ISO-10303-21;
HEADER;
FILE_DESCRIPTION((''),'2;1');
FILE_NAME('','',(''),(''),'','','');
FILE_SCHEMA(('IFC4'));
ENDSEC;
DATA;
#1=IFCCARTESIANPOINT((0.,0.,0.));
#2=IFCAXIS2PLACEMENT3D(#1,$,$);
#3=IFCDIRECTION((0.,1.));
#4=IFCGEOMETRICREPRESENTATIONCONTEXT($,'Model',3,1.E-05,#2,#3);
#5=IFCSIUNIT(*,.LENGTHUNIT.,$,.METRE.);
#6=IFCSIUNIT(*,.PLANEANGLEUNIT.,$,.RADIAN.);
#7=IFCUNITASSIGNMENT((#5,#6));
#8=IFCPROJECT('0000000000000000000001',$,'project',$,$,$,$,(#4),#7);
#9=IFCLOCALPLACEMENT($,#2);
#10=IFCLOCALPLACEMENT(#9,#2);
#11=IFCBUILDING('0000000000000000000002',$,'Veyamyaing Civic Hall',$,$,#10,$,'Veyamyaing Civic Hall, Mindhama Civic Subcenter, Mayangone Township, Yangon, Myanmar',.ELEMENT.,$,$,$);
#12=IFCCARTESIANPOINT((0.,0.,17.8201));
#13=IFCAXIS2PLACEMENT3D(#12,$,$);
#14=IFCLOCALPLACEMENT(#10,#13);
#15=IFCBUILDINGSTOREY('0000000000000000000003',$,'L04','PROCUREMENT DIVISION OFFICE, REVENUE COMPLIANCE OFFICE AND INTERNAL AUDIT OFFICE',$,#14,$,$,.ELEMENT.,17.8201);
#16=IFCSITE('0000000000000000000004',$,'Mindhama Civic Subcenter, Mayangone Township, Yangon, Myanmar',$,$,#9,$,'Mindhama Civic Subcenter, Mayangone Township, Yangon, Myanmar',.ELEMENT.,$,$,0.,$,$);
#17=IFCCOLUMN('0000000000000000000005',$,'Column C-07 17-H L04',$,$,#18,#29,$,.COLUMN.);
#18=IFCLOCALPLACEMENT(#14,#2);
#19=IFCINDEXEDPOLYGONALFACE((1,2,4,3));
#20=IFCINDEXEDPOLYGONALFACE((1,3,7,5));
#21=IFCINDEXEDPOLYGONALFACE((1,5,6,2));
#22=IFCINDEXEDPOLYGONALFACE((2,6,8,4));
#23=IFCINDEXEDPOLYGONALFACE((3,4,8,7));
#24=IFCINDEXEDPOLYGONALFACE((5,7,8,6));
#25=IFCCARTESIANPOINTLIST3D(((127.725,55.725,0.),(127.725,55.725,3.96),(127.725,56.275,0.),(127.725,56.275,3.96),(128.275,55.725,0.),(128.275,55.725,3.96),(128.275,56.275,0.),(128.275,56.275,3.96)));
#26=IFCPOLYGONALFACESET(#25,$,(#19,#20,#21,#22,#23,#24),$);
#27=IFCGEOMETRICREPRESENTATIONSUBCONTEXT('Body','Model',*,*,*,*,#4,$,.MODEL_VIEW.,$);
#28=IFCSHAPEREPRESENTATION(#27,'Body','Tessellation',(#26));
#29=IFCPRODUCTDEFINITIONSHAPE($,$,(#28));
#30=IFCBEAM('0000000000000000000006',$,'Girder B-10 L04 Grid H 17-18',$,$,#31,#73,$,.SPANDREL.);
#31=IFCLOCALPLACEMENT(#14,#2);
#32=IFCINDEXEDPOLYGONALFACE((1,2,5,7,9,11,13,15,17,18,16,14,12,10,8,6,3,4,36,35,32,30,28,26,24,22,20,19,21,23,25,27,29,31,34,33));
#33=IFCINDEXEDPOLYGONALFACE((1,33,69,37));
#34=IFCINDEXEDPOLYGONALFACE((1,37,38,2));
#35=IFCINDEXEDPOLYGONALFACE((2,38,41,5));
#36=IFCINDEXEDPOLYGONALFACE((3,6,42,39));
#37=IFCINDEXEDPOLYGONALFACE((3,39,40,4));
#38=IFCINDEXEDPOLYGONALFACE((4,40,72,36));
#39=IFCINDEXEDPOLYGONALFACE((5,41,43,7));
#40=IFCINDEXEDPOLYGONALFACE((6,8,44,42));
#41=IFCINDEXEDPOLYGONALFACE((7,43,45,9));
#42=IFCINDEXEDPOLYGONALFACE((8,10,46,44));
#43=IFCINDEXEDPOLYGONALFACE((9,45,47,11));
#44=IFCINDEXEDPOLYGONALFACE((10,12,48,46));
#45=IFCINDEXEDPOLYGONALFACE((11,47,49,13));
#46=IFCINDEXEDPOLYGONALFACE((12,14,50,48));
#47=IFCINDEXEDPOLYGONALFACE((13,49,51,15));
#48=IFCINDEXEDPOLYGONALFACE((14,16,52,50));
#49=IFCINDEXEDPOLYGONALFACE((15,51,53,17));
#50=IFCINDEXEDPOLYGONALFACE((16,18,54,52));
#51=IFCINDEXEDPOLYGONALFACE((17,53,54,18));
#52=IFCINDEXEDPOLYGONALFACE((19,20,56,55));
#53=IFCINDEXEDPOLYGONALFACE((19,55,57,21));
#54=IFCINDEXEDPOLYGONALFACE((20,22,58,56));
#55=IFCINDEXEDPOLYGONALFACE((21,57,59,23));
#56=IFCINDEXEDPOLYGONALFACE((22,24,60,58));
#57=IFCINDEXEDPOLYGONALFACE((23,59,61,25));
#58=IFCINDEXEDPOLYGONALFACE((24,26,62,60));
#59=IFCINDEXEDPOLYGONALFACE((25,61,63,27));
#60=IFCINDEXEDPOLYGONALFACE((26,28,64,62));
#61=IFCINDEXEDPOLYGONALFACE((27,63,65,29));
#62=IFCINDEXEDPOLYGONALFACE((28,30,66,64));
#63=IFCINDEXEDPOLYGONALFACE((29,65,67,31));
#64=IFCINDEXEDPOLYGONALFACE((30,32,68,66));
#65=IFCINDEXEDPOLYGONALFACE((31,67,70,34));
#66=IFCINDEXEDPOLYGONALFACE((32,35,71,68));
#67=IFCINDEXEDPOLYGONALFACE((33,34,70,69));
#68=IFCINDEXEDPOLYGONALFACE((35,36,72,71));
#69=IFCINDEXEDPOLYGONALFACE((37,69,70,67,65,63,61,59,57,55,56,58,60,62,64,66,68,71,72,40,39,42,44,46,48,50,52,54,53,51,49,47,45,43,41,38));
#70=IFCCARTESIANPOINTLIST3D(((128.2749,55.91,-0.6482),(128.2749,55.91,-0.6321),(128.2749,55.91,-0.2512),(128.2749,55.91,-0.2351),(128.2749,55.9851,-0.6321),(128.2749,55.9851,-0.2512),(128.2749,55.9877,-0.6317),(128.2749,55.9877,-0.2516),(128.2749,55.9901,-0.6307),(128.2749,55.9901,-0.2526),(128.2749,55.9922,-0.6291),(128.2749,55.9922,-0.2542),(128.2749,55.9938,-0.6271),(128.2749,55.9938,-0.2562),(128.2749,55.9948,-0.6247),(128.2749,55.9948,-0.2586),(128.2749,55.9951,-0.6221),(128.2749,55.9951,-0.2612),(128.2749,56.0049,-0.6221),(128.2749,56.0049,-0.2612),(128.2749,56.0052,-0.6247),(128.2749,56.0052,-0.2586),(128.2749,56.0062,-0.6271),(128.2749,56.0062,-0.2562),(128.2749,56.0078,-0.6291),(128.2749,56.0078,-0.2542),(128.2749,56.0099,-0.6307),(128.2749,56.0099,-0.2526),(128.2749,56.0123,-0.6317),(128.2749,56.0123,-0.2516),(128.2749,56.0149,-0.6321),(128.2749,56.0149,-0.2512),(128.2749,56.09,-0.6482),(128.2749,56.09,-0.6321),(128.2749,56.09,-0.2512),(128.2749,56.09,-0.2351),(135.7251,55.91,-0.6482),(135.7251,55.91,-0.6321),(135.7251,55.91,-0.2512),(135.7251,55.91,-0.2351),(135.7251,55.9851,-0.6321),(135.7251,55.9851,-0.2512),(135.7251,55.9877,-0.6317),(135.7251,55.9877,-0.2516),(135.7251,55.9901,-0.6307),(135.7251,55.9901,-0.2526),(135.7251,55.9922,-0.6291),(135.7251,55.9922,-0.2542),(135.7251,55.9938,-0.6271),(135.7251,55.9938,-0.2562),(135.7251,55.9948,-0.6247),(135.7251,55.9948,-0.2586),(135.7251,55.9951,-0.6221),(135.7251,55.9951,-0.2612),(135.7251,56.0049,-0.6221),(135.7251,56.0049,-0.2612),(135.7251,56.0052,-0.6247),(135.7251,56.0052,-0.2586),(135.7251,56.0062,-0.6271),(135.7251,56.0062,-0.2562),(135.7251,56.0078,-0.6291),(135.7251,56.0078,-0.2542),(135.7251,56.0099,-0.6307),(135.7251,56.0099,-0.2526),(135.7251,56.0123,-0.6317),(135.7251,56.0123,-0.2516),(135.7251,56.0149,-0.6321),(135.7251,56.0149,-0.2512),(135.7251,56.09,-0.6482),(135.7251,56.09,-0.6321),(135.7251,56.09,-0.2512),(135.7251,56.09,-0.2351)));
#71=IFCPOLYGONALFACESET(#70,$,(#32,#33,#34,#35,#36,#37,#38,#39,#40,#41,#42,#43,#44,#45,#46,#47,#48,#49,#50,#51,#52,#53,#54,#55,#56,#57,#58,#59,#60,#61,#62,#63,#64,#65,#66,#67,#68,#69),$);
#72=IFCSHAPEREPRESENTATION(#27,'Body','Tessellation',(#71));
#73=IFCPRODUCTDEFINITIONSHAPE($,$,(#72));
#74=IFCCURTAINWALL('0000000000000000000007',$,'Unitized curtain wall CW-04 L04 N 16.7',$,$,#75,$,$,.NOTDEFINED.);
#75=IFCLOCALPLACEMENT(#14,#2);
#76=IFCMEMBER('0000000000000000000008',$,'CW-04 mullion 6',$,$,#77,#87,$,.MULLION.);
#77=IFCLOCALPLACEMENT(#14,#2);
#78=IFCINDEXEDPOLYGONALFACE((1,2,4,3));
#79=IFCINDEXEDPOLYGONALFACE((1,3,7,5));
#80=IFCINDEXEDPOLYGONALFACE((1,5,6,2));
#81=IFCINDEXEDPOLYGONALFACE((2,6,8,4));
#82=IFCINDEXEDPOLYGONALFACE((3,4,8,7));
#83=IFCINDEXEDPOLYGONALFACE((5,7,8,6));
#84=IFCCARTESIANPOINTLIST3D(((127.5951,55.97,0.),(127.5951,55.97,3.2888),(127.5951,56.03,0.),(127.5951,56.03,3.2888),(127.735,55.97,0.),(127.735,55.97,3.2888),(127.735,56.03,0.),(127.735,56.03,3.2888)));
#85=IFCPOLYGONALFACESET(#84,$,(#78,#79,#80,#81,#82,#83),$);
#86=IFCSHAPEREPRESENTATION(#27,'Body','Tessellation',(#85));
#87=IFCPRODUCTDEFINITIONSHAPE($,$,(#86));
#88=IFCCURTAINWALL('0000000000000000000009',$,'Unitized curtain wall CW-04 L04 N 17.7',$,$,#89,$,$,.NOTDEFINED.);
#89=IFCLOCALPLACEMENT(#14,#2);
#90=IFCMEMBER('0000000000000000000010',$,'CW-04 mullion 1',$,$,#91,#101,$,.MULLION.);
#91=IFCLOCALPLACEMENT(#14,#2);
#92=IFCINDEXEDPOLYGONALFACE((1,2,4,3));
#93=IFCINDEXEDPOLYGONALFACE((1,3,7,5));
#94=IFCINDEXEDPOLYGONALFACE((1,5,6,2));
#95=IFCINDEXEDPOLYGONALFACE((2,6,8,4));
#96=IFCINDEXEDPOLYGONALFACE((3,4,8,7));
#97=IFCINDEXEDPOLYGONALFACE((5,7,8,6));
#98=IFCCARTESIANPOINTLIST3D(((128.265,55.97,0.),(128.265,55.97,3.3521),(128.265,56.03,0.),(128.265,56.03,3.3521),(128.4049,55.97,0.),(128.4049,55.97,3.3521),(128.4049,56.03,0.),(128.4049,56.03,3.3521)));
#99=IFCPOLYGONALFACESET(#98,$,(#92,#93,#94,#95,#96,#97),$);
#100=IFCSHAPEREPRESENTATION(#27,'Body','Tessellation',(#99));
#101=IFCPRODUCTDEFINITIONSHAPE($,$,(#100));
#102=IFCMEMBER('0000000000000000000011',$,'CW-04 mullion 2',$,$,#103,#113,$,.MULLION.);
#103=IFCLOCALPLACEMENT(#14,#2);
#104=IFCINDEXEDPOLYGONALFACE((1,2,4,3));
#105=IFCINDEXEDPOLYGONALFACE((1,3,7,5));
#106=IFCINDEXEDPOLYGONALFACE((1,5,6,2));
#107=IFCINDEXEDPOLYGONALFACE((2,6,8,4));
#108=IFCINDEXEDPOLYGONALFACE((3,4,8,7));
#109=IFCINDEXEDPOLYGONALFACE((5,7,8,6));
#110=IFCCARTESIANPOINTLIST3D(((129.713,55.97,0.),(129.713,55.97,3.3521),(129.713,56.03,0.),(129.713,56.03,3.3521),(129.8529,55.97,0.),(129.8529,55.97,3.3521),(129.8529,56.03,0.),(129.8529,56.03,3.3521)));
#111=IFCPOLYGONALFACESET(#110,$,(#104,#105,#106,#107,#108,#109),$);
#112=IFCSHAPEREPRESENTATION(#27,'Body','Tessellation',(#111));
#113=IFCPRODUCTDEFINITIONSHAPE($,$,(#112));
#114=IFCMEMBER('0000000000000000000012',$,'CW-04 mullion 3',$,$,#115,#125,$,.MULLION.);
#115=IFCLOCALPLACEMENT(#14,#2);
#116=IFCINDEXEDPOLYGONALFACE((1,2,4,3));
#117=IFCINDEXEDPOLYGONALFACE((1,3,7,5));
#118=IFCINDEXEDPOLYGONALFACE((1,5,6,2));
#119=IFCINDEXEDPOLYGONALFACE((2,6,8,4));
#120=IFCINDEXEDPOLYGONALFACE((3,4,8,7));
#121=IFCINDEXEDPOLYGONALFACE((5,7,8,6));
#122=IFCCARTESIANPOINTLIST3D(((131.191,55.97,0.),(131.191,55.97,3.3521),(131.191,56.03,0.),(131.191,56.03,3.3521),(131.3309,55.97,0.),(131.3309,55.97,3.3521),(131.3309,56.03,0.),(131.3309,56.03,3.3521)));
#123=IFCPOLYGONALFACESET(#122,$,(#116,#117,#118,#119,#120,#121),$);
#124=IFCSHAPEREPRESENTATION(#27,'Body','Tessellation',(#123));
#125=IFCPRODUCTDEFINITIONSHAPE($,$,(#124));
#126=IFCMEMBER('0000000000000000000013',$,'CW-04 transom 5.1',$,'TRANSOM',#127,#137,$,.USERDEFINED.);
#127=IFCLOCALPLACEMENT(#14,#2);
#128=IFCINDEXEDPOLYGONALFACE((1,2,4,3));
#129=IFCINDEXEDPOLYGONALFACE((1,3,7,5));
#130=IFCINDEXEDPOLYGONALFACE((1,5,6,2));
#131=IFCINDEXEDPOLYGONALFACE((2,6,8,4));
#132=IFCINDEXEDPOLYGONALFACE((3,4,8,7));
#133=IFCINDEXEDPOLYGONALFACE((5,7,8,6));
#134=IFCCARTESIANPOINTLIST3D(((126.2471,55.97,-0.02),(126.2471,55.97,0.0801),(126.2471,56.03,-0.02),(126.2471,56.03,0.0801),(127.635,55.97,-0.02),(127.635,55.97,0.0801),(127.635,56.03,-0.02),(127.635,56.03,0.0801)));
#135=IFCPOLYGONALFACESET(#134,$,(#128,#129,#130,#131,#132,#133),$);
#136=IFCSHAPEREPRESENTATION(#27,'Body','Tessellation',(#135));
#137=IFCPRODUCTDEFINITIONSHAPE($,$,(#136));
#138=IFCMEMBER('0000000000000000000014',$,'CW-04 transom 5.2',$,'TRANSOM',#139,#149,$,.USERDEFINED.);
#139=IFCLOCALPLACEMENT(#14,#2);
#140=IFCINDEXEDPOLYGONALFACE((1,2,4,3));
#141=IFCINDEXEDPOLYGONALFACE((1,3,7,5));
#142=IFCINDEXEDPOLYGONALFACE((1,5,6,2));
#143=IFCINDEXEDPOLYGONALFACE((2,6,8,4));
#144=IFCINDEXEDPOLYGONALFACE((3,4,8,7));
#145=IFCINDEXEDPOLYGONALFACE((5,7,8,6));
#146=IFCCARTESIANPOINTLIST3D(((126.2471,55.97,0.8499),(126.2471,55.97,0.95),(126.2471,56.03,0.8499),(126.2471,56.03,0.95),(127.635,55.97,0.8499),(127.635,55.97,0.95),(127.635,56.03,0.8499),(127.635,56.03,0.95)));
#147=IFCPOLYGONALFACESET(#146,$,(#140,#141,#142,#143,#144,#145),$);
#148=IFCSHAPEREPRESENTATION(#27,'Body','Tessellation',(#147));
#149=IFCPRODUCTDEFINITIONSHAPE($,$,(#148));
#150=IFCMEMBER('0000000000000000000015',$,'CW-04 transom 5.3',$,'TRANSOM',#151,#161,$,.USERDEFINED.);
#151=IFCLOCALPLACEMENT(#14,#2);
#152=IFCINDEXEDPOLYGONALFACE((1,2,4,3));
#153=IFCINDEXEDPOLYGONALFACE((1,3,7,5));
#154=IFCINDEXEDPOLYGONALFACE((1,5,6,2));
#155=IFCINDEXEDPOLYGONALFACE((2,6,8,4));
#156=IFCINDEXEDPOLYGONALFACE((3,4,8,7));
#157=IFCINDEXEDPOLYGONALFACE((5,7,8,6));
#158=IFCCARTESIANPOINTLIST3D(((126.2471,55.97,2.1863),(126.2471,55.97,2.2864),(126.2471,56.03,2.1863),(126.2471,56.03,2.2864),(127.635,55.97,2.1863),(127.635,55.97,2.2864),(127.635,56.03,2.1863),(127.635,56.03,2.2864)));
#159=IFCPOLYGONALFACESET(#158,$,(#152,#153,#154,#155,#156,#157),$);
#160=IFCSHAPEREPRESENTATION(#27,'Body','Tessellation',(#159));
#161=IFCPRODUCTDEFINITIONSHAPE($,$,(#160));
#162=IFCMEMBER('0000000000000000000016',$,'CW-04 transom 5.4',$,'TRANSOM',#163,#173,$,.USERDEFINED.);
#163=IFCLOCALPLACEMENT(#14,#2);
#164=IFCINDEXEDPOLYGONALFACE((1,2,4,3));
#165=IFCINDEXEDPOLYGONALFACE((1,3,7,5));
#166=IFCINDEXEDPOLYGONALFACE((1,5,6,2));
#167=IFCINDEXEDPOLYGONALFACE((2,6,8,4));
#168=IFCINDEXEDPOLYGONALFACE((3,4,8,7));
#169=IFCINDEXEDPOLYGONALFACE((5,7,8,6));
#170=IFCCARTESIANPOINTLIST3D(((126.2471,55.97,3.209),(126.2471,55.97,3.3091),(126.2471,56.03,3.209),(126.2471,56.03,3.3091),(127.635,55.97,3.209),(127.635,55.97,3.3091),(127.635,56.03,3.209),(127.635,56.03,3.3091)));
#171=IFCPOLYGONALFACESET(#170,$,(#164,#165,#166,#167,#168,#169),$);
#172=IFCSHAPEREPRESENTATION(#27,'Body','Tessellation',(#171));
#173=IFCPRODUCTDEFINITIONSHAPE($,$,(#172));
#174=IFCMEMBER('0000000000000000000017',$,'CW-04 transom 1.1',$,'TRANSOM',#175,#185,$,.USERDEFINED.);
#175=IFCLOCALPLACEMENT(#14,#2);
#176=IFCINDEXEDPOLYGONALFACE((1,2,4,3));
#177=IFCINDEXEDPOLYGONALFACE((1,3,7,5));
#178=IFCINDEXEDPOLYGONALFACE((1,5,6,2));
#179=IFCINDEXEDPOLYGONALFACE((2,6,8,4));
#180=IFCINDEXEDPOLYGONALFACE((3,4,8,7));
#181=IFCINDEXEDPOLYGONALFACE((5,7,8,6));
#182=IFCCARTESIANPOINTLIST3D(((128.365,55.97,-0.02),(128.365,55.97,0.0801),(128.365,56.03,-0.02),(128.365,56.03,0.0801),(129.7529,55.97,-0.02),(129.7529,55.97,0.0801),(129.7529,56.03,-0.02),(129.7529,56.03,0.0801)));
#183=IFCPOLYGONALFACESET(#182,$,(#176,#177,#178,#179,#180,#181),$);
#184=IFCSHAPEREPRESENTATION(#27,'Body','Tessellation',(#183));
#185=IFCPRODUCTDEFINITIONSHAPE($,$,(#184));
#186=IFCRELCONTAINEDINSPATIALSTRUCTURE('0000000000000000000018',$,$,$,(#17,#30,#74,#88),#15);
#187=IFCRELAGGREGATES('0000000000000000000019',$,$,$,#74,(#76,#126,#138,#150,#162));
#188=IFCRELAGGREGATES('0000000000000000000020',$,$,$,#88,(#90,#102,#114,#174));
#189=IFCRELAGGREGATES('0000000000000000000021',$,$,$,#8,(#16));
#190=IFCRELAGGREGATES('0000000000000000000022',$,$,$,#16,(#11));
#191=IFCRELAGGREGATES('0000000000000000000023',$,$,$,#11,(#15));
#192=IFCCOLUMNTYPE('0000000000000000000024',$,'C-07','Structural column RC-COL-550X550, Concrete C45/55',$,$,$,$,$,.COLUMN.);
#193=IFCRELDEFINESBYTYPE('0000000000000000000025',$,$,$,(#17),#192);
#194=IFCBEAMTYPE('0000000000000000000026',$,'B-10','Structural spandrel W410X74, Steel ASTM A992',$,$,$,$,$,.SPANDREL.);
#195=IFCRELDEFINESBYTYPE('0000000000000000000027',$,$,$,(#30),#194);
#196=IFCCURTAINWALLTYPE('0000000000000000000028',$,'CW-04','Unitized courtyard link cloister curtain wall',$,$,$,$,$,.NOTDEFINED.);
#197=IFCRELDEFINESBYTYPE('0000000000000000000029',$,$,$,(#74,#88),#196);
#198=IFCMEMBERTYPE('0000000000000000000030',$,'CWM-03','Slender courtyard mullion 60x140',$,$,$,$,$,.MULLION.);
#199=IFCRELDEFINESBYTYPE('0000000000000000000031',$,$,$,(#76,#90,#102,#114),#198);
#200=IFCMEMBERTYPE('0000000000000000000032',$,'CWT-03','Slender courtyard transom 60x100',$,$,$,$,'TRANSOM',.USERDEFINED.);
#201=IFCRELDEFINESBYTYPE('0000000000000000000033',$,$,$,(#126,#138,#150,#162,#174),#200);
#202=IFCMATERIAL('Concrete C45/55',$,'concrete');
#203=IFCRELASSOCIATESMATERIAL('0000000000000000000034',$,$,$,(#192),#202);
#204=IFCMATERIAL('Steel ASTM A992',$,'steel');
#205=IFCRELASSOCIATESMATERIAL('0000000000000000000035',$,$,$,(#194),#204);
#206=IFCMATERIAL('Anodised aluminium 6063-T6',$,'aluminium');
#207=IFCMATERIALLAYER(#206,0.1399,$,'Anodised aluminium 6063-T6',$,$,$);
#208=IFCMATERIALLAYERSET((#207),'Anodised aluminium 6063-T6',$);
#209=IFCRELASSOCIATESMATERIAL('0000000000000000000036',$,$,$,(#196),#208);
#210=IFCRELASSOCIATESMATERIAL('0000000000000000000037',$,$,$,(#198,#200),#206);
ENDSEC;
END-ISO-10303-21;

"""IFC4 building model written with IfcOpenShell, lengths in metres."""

from ifc_helpers import new_model, si_unit, direction, frame, origin, origin_2d, place, context, subcontext, project, spatial, rectangle, i_section, extrude, material, layer, layer_set, material_profile, profile_set, type_object, element, aggregate, save


model = new_model("IFC4")

# Units and contexts
model_context = context("Model", 3, precision=1e-05, world=origin(), true_north=direction((0.0, 1.0)))
body_context = subcontext(model_context, "Body", "Model", "MODEL_VIEW")
ifc_project = project(units=[si_unit("LENGTHUNIT", "METRE"), si_unit("PLANEANGLEUNIT", "RADIAN")], contexts=[model_context])

# Site, building, storey
site_placement = place(None, origin())
site = spatial("IfcSite", under=ifc_project, at=site_placement, Name="Mindhama Civic Subcenter, Mayangone Township, Yangon, Myanmar", LongName="Mindhama Civic Subcenter, Mayangone Township, Yangon, Myanmar", CompositionType="ELEMENT", RefElevation=0.0)
building_placement = place(site_placement, origin())
building = spatial("IfcBuilding", under=site, at=building_placement, Name="Veyamyaing Civic Hall", LongName="Veyamyaing Civic Hall, Mindhama Civic Subcenter, Mayangone Township, Yangon, Myanmar", CompositionType="ELEMENT")
storey_placement = place(building_placement, frame((0.0, 0.0, 17.8201)))
storey = spatial("IfcBuildingStorey", under=building, at=storey_placement, Name="L04", Description="PROCUREMENT DIVISION OFFICE, REVENUE COMPLIANCE OFFICE AND INTERNAL AUDIT OFFICE", CompositionType="ELEMENT", Elevation=17.8201)

# Column
ifc_material_1 = material(Name="Concrete C45/55", Category="concrete")
ifc_material_profile_1 = material_profile(ifc_material_1, rectangle(XDim=0.55, YDim=0.55, at=origin_2d()), Name="RC-COL-550X550")
ifc_profile_set_1 = profile_set([ifc_material_profile_1], Name="Concrete C45/55")
column_type = type_object("IfcColumnType", Name="C-07", Description="Structural column RC-COL-550X550, Concrete C45/55", PredefinedType="COLUMN", material=ifc_profile_set_1)
column_placement = place(storey_placement, frame((128.0, 56.0, 0.0), z_axis=(0.0, 0.0, 1.0), x_axis=(1.0, 0.0, 0.0)))
element("IfcColumn", 1, at=column_placement, inside=storey, type_object=column_type, Name="Column C-07 17-H L04", PredefinedType="COLUMN", context=body_context, shape_type="SweptSolid", body=[
    extrude(rectangle(XDim=0.55, YDim=0.55, at=origin_2d()), origin(), (0.0, 0.0, 1.0), 3.96),
])

# Beam
ifc_material_2 = material(Name="Steel ASTM A992", Category="steel")
ifc_material_profile_2 = material_profile(ifc_material_2, i_section(OverallWidth=0.1799, OverallDepth=0.4131, WebThickness=0.0098, FlangeThickness=0.0161, FilletRadius=0.01, at=origin_2d()), Name="W410X74")
ifc_profile_set_2 = profile_set([ifc_material_profile_2], Name="Steel ASTM A992")
beam_type_1 = type_object("IfcBeamType", Name="B-10", Description="Structural spandrel W410X74, Steel ASTM A992", PredefinedType="SPANDREL", material=ifc_profile_set_2)
beam_1_placement = place(storey_placement, frame((128.2749, 56.0, -0.4417), z_axis=(1.0, 0.0, 0.0), x_axis=(0.0, 1.0, 0.0)))
element("IfcBeam", 2, at=beam_1_placement, inside=storey, type_object=beam_type_1, Name="Girder B-10 L04 Grid H 17-18", PredefinedType="SPANDREL", context=body_context, shape_type="SweptSolid", body=[
    extrude(i_section(OverallWidth=0.1799, OverallDepth=0.4131, WebThickness=0.0098, FlangeThickness=0.0161, FilletRadius=0.01, at=origin_2d()), origin(), (0.0, 0.0, 1.0), 7.4502),
])

# Curtain wall, member
ifc_material_3 = material(Name="Anodised aluminium 6063-T6", Category="aluminium")
ifc_layer_1 = layer(ifc_material_3, 0.1399, Name="Anodised aluminium 6063-T6")
ifc_layer_set_1 = layer_set([ifc_layer_1], Name="Anodised aluminium 6063-T6")
curtain_wall_type = type_object("IfcCurtainWallType", Name="CW-04", Description="Unitized courtyard link cloister curtain wall", PredefinedType="NOTDEFINED", material=ifc_layer_set_1)
curtain_wall_1_placement = place(storey_placement, origin())
curtain_wall_1 = element("IfcCurtainWall", 3, at=curtain_wall_1_placement, inside=storey, type_object=curtain_wall_type, Name="Unitized curtain wall CW-04 L04 N 16.7", PredefinedType="NOTDEFINED")
ifc_material_profile_3 = material_profile(ifc_material_3, rectangle(XDim=0.0601, YDim=0.1399, at=origin_2d()), Name="ALU-MUL-60X140")
ifc_profile_set_3 = profile_set([ifc_material_profile_3], Name="Anodised aluminium 6063-T6")
member_type_1 = type_object("IfcMemberType", Name="CWM-03", Description="Slender courtyard mullion 60x140", PredefinedType="MULLION", material=ifc_profile_set_3)
member_1_placement = place(storey_placement, frame((127.665, 56.0, 0.0), z_axis=(0.0, 0.0, 1.0), x_axis=(0.0, 1.0, 0.0)))
member_1 = element("IfcMember", 4, at=member_1_placement, type_object=member_type_1, Name="CW-04 mullion 6", PredefinedType="MULLION", context=body_context, shape_type="SweptSolid", body=[
    extrude(rectangle(XDim=0.0601, YDim=0.1399, at=origin_2d()), origin(), (0.0, 0.0, 1.0), 3.2888),
])

# Curtain wall, members
curtain_wall_2_placement = place(storey_placement, origin())
curtain_wall_2 = element("IfcCurtainWall", 5, at=curtain_wall_2_placement, inside=storey, type_object=curtain_wall_type, Name="Unitized curtain wall CW-04 L04 N 17.7", PredefinedType="NOTDEFINED")
member_2_placement = place(storey_placement, frame((128.335, 56.0, 0.0), z_axis=(0.0, 0.0, 1.0), x_axis=(0.0, 1.0, 0.0)))
member_2 = element("IfcMember", 6, at=member_2_placement, type_object=member_type_1, Name="CW-04 mullion 1", PredefinedType="MULLION", context=body_context, shape_type="SweptSolid", body=[
    extrude(rectangle(XDim=0.0601, YDim=0.1399, at=origin_2d()), origin(), (0.0, 0.0, 1.0), 3.3521),
])
member_3_placement = place(storey_placement, frame((129.783, 56.0, 0.0), z_axis=(0.0, 0.0, 1.0), x_axis=(0.0, 1.0, 0.0)))
member_3 = element("IfcMember", 7, at=member_3_placement, type_object=member_type_1, Name="CW-04 mullion 2", PredefinedType="MULLION", context=body_context, shape_type="SweptSolid", body=[
    extrude(rectangle(XDim=0.0601, YDim=0.1399, at=origin_2d()), origin(), (0.0, 0.0, 1.0), 3.3521),
])
member_4_placement = place(storey_placement, frame((131.261, 56.0, 0.0), z_axis=(0.0, 0.0, 1.0), x_axis=(0.0, 1.0, 0.0)))
member_4 = element("IfcMember", 8, at=member_4_placement, type_object=member_type_1, Name="CW-04 mullion 3", PredefinedType="MULLION", context=body_context, shape_type="SweptSolid", body=[
    extrude(rectangle(XDim=0.0601, YDim=0.1399, at=origin_2d()), origin(), (0.0, 0.0, 1.0), 3.3521),
])

# Members
ifc_material_profile_4 = material_profile(ifc_material_3, rectangle(XDim=0.0601, YDim=0.1001, at=origin_2d()), Name="ALU-TRN-60X100")
ifc_profile_set_4 = profile_set([ifc_material_profile_4], Name="Anodised aluminium 6063-T6")
member_type_2 = type_object("IfcMemberType", Name="CWT-03", Description="Slender courtyard transom 60x100", ElementType="TRANSOM", PredefinedType="USERDEFINED", material=ifc_profile_set_4)
member_5_placement = place(storey_placement, frame((126.2471, 56.0, 0.03), z_axis=(1.0, 0.0, 0.0), x_axis=(0.0, 1.0, 0.0)))
member_5 = element("IfcMember", 9, at=member_5_placement, type_object=member_type_2, Name="CW-04 transom 5.1", ObjectType="TRANSOM", PredefinedType="USERDEFINED", context=body_context, shape_type="SweptSolid", body=[
    extrude(rectangle(XDim=0.0601, YDim=0.1001, at=origin_2d()), origin(), (0.0, 0.0, 1.0), 1.3879),
])
member_6_placement = place(storey_placement, frame((126.2471, 56.0, 0.8999), z_axis=(1.0, 0.0, 0.0), x_axis=(0.0, 1.0, 0.0)))
member_6 = element("IfcMember", 10, at=member_6_placement, type_object=member_type_2, Name="CW-04 transom 5.2", ObjectType="TRANSOM", PredefinedType="USERDEFINED", context=body_context, shape_type="SweptSolid", body=[
    extrude(rectangle(XDim=0.0601, YDim=0.1001, at=origin_2d()), origin(), (0.0, 0.0, 1.0), 1.3879),
])
member_7_placement = place(storey_placement, frame((126.2471, 56.0, 2.2363), z_axis=(1.0, 0.0, 0.0), x_axis=(0.0, 1.0, 0.0)))
member_7 = element("IfcMember", 11, at=member_7_placement, type_object=member_type_2, Name="CW-04 transom 5.3", ObjectType="TRANSOM", PredefinedType="USERDEFINED", context=body_context, shape_type="SweptSolid", body=[
    extrude(rectangle(XDim=0.0601, YDim=0.1001, at=origin_2d()), origin(), (0.0, 0.0, 1.0), 1.3879),
])
member_8_placement = place(storey_placement, frame((126.2471, 56.0, 3.259), z_axis=(1.0, 0.0, 0.0), x_axis=(0.0, 1.0, 0.0)))
member_8 = element("IfcMember", 12, at=member_8_placement, type_object=member_type_2, Name="CW-04 transom 5.4", ObjectType="TRANSOM", PredefinedType="USERDEFINED", context=body_context, shape_type="SweptSolid", body=[
    extrude(rectangle(XDim=0.0601, YDim=0.1001, at=origin_2d()), origin(), (0.0, 0.0, 1.0), 1.3879),
])
member_9_placement = place(storey_placement, frame((128.365, 56.0, 0.03), z_axis=(1.0, 0.0, 0.0), x_axis=(0.0, 1.0, 0.0)))
member_9 = element("IfcMember", 13, at=member_9_placement, type_object=member_type_2, Name="CW-04 transom 1.1", ObjectType="TRANSOM", PredefinedType="USERDEFINED", context=body_context, shape_type="SweptSolid", body=[
    extrude(rectangle(XDim=0.0601, YDim=0.1001, at=origin_2d()), origin(), (0.0, 0.0, 1.0), 1.3879),
])

aggregate(curtain_wall_1, [member_1, member_5, member_6, member_7, member_8])
aggregate(curtain_wall_2, [member_2, member_3, member_4, member_9])

save(model, "model.ifc")
